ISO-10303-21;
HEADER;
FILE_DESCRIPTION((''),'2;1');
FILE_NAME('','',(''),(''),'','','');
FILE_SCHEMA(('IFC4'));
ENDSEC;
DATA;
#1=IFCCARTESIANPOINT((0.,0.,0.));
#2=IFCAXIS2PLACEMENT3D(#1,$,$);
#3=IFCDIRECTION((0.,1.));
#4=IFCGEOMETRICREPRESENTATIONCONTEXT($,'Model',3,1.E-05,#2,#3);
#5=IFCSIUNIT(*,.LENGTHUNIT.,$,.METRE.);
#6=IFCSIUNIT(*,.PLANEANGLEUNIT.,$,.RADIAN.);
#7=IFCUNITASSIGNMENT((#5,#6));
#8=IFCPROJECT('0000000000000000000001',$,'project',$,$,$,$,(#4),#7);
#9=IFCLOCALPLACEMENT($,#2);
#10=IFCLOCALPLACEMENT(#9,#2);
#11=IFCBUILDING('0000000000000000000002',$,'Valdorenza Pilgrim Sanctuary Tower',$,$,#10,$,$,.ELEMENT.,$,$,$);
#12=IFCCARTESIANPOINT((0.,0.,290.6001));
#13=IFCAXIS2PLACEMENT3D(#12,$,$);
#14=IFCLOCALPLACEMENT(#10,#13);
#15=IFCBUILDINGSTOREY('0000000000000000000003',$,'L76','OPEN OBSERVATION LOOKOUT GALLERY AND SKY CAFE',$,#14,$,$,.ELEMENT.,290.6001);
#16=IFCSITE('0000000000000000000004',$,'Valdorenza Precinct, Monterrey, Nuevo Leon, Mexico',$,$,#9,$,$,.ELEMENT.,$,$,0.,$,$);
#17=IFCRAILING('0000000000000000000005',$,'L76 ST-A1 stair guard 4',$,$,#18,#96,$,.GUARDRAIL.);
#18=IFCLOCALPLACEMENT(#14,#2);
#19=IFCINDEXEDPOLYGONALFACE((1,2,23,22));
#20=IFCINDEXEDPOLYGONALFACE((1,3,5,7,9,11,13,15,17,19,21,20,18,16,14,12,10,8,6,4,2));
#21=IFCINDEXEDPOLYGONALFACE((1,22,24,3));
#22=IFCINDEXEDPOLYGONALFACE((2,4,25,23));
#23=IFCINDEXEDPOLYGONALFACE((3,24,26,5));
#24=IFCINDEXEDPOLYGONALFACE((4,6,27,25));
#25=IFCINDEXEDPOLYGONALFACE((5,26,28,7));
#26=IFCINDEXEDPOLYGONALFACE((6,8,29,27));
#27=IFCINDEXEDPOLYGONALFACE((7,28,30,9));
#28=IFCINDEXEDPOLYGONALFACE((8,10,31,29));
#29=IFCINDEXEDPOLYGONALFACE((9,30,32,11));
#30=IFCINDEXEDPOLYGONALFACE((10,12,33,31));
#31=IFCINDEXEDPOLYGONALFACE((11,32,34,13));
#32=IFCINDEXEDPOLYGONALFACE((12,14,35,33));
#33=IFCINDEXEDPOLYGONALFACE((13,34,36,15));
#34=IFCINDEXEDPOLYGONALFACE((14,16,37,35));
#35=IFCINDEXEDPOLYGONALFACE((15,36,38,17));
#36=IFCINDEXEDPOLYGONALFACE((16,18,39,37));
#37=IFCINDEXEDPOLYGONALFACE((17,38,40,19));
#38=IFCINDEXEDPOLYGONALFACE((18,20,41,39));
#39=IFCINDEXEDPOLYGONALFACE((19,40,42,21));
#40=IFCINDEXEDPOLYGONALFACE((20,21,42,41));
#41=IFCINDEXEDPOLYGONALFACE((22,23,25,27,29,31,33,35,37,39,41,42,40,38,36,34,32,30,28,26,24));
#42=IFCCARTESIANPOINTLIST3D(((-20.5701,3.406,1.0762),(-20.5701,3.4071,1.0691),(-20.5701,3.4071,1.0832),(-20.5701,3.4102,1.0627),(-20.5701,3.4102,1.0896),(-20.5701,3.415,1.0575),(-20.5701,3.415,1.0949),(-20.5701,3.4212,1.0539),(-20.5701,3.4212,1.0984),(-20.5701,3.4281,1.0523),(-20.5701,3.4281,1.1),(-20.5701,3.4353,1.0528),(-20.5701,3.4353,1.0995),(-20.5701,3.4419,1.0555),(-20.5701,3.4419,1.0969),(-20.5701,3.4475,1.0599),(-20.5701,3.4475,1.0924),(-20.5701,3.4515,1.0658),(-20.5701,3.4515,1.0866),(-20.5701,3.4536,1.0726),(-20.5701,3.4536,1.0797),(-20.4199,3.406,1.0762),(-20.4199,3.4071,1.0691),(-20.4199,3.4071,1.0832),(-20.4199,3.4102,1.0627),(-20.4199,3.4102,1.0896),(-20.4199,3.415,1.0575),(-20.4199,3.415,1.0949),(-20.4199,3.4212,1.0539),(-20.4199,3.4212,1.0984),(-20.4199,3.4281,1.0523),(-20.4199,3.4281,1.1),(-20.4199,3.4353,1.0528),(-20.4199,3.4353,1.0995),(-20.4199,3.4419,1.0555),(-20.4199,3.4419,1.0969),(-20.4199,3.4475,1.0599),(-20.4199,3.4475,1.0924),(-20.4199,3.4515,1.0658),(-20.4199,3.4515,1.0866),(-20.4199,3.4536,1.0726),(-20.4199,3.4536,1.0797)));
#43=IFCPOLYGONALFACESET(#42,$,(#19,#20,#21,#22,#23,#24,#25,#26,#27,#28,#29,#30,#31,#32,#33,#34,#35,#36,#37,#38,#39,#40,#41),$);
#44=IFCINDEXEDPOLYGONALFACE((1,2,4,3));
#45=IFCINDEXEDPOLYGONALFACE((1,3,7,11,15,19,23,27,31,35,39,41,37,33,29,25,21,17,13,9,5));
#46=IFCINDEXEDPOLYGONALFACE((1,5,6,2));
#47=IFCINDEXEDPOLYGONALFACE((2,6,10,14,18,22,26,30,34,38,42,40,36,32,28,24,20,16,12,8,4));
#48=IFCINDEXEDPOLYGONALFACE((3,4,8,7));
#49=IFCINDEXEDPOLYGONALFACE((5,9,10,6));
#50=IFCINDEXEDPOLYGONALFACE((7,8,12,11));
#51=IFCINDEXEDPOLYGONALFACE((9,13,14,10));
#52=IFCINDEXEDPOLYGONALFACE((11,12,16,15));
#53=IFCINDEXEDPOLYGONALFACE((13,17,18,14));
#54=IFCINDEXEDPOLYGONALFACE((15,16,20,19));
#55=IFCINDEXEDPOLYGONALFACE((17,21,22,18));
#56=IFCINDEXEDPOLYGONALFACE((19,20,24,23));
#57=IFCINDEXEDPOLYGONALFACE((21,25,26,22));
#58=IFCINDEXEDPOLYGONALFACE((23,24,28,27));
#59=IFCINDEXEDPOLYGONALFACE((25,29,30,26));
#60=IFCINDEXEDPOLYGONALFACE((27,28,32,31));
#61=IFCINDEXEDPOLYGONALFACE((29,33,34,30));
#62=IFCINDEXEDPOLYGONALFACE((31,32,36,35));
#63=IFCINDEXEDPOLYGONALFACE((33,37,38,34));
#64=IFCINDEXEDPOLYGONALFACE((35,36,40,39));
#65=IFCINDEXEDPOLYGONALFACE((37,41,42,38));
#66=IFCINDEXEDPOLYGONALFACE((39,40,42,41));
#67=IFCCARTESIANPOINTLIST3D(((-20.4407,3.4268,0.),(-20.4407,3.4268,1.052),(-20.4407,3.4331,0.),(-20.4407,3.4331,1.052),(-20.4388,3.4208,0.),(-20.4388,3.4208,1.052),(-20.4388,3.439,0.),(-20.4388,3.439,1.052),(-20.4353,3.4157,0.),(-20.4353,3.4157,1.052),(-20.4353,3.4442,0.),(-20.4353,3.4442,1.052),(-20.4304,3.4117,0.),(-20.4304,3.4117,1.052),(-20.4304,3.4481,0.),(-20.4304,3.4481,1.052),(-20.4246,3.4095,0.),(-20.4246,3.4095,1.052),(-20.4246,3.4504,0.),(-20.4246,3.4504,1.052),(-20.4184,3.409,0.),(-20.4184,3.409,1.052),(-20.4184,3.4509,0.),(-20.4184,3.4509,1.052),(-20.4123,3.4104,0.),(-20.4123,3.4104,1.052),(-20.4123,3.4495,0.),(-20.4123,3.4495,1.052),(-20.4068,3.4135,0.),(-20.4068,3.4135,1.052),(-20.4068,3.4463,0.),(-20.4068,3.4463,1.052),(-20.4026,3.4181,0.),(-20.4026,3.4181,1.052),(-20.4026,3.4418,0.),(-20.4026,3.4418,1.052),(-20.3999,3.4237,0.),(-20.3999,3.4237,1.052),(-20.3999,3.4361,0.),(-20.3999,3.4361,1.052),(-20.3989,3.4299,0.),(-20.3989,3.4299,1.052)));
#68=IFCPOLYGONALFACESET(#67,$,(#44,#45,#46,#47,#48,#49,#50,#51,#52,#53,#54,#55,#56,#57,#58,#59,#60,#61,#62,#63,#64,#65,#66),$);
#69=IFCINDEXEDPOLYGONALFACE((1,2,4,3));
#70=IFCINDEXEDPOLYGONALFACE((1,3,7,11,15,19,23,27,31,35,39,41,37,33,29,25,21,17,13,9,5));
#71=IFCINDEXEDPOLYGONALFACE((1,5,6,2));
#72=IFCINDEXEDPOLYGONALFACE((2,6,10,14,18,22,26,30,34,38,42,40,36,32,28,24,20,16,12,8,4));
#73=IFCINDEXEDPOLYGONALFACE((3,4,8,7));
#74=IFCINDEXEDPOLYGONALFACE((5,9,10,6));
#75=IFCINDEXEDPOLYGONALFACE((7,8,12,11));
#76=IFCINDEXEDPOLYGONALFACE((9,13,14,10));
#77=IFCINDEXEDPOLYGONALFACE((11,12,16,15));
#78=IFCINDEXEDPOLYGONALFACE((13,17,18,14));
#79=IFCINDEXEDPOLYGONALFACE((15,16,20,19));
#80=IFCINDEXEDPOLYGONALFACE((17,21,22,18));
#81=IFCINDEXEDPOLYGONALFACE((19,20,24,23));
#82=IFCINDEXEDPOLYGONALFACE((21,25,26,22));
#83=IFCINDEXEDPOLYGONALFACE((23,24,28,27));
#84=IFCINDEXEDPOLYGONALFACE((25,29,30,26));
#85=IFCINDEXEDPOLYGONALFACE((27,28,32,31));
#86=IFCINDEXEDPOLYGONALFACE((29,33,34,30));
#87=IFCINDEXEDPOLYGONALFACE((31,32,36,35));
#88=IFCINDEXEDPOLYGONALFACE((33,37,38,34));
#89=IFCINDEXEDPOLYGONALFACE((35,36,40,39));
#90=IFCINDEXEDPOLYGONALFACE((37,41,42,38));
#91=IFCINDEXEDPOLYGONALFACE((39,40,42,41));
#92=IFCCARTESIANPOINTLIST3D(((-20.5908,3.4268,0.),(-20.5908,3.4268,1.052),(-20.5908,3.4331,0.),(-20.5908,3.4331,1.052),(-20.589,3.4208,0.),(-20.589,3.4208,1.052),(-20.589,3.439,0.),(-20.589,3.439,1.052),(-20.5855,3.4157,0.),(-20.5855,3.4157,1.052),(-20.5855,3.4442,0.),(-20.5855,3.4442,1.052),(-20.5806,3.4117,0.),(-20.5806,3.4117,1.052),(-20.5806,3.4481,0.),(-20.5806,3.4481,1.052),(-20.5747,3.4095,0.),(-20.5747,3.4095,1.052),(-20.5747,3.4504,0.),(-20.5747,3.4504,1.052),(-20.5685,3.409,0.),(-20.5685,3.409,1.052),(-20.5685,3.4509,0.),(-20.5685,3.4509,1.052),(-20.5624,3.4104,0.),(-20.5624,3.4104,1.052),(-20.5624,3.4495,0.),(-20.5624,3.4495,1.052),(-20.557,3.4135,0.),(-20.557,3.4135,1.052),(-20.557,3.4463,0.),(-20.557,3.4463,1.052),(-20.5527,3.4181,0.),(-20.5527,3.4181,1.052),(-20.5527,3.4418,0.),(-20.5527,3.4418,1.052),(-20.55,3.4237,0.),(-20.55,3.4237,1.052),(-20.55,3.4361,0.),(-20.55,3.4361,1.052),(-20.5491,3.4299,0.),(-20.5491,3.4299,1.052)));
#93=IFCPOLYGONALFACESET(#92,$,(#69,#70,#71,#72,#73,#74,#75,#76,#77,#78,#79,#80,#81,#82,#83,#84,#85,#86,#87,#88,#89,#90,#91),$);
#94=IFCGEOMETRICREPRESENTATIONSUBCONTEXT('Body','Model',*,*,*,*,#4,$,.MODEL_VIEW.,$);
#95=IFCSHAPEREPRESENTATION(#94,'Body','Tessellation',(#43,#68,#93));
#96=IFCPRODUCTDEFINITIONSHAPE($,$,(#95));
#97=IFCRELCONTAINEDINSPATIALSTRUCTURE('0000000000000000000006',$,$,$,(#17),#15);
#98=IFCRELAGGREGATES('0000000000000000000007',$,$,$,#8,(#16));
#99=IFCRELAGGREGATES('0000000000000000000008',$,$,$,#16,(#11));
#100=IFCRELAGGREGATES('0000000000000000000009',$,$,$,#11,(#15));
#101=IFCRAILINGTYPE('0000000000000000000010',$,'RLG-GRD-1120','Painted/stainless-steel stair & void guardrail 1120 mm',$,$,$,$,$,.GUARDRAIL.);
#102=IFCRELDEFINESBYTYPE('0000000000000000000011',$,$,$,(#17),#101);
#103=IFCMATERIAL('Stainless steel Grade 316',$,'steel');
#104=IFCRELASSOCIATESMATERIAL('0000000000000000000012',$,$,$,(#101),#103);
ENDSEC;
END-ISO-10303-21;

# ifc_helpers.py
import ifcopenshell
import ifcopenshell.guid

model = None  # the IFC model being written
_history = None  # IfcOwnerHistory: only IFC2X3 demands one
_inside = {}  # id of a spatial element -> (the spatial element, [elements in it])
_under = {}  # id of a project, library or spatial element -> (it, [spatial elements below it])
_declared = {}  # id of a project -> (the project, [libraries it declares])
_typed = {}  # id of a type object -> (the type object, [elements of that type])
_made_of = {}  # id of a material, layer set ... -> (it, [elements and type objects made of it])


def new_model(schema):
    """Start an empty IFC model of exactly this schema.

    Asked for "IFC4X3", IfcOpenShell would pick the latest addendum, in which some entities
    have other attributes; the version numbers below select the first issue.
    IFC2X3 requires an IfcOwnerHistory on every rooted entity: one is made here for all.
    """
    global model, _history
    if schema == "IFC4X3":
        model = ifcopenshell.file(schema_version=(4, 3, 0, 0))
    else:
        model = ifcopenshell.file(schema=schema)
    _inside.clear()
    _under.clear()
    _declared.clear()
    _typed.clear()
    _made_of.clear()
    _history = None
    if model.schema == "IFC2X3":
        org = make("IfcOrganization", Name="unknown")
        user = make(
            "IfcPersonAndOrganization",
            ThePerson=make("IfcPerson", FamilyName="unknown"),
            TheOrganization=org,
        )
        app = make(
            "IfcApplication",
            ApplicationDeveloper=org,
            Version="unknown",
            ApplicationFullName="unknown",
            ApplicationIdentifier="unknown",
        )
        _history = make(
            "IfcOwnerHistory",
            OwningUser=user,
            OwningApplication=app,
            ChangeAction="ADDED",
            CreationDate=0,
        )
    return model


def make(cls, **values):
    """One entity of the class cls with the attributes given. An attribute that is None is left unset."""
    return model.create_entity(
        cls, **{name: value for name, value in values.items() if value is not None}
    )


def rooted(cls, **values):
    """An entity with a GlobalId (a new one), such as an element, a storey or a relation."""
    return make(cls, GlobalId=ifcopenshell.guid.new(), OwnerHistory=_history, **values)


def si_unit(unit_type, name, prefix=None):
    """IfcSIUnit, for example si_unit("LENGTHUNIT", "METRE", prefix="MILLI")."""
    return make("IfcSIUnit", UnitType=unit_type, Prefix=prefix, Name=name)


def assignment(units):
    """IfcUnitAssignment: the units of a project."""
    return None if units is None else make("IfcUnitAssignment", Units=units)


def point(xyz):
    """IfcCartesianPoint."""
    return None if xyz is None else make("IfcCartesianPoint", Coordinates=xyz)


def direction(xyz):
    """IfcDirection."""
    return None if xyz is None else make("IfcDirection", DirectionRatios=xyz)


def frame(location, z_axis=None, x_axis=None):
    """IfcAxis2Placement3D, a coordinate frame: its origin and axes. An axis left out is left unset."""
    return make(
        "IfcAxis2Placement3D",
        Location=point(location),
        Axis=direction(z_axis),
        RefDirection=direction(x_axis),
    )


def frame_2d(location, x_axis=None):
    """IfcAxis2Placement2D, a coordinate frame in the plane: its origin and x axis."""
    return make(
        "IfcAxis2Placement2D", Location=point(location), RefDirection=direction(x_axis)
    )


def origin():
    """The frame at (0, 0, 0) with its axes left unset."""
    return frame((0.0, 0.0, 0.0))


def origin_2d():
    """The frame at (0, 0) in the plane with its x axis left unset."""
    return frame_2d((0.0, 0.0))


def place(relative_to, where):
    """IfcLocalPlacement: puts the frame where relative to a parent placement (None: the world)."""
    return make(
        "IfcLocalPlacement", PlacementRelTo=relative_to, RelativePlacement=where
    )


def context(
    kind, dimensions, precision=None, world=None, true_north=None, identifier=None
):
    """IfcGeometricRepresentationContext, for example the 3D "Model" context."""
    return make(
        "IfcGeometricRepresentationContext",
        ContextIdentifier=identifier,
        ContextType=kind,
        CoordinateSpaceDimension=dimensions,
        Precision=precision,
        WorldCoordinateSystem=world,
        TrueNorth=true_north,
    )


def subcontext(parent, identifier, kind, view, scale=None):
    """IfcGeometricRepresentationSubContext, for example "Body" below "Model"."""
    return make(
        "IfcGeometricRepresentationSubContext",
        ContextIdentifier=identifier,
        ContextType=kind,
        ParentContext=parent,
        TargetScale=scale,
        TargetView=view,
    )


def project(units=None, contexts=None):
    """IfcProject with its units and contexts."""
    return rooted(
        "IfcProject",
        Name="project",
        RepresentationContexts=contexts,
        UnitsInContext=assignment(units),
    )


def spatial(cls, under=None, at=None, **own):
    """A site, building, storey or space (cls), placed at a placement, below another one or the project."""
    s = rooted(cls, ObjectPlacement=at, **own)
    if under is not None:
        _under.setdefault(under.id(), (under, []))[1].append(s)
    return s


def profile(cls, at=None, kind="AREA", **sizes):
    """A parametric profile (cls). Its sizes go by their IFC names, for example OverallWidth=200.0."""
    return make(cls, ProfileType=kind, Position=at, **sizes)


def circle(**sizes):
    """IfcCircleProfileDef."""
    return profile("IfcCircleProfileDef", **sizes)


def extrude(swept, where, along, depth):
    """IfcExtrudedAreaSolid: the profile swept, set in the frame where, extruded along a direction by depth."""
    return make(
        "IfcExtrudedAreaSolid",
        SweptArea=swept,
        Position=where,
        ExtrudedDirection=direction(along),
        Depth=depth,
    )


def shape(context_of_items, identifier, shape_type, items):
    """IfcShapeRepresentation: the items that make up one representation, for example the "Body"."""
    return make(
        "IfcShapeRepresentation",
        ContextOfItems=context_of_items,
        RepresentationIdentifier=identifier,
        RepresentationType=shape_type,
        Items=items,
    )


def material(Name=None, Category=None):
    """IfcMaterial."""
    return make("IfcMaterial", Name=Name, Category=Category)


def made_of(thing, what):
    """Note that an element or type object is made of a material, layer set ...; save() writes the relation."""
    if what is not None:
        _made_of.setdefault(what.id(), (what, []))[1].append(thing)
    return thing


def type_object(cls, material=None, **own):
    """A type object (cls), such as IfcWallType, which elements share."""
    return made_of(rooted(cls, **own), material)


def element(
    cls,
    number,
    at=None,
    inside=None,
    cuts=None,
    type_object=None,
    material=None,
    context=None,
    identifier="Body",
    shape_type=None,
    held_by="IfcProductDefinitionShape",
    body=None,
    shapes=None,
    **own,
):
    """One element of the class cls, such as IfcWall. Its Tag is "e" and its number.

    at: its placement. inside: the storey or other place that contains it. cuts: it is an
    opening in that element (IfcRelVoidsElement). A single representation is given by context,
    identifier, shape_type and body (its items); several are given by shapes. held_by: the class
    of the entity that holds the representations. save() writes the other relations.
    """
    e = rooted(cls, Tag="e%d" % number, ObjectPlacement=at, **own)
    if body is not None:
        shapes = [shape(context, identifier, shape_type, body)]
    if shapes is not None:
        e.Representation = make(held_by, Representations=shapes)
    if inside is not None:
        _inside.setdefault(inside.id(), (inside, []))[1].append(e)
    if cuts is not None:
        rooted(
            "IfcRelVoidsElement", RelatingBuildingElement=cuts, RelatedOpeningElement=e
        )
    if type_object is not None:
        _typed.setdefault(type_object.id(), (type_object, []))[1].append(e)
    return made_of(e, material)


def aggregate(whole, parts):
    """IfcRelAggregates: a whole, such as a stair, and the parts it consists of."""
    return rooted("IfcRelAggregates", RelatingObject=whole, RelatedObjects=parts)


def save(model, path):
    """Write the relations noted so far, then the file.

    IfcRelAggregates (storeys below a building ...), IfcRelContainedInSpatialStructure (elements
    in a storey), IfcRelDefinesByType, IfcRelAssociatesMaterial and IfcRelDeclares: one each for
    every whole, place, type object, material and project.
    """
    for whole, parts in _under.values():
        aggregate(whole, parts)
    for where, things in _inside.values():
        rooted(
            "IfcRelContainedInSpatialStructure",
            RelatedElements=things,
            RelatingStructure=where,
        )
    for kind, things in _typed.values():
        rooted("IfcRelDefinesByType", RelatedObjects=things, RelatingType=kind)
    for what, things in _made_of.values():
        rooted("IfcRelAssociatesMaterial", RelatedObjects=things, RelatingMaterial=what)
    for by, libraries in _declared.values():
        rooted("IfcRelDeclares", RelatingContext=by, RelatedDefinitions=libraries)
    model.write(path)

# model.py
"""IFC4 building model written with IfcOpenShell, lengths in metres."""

from ifc_helpers import new_model, si_unit, direction, frame, origin, origin_2d, place, context, subcontext, project, spatial, circle, extrude, material, type_object, element, save


model = new_model("IFC4")

# Units and contexts
model_context = context("Model", 3, precision=1e-05, world=origin(), true_north=direction((0.0, 1.0)))
body_context = subcontext(model_context, "Body", "Model", "MODEL_VIEW")
ifc_project = project(units=[si_unit("LENGTHUNIT", "METRE"), si_unit("PLANEANGLEUNIT", "RADIAN")], contexts=[model_context])

# Site, building, storey
site_placement = place(None, origin())
site = spatial("IfcSite", under=ifc_project, at=site_placement, Name="Valdorenza Precinct, Monterrey, Nuevo Leon, Mexico", CompositionType="ELEMENT", RefElevation=0.0)
building_placement = place(site_placement, origin())
building = spatial("IfcBuilding", under=site, at=building_placement, Name="Valdorenza Pilgrim Sanctuary Tower", CompositionType="ELEMENT")
storey_placement = place(building_placement, frame((0.0, 0.0, 290.6001)))
storey = spatial("IfcBuildingStorey", under=building, at=storey_placement, Name="L76", Description="OPEN OBSERVATION LOOKOUT GALLERY AND SKY CAFE", CompositionType="ELEMENT", Elevation=290.6001)

# Railing
ifc_material_1 = material(Name="Stainless steel Grade 316", Category="steel")
railing_type_1 = type_object("IfcRailingType", Name="RLG-GRD-1120", Description="Painted/stainless-steel stair & void guardrail 1120 mm", PredefinedType="GUARDRAIL", material=ifc_material_1)
railing_1_placement = place(storey_placement, frame((-20.4199, 3.4299, 0.0)))
element("IfcRailing", 1, at=railing_1_placement, inside=storey, type_object=railing_type_1, Name="L76 ST-A1 stair guard 4", PredefinedType="GUARDRAIL", context=body_context, shape_type="SweptSolid", body=[
    extrude(circle(Radius=0.0239, at=origin_2d()), frame((0.0, 0.0, 1.0762), z_axis=(-1.0, 0.0, 0.0), x_axis=(0.0, -1.0, 0.0)), (0.0, 0.0, 1.0), 0.1501),
    extrude(circle(Radius=0.021, at=origin_2d()), origin(), (0.0, 0.0, 1.0), 1.052),
    extrude(circle(Radius=0.021, at=origin_2d()), frame((-0.1501, 0.0, 0.0)), (0.0, 0.0, 1.0), 1.052),
])

save(model, "model.ifc")
